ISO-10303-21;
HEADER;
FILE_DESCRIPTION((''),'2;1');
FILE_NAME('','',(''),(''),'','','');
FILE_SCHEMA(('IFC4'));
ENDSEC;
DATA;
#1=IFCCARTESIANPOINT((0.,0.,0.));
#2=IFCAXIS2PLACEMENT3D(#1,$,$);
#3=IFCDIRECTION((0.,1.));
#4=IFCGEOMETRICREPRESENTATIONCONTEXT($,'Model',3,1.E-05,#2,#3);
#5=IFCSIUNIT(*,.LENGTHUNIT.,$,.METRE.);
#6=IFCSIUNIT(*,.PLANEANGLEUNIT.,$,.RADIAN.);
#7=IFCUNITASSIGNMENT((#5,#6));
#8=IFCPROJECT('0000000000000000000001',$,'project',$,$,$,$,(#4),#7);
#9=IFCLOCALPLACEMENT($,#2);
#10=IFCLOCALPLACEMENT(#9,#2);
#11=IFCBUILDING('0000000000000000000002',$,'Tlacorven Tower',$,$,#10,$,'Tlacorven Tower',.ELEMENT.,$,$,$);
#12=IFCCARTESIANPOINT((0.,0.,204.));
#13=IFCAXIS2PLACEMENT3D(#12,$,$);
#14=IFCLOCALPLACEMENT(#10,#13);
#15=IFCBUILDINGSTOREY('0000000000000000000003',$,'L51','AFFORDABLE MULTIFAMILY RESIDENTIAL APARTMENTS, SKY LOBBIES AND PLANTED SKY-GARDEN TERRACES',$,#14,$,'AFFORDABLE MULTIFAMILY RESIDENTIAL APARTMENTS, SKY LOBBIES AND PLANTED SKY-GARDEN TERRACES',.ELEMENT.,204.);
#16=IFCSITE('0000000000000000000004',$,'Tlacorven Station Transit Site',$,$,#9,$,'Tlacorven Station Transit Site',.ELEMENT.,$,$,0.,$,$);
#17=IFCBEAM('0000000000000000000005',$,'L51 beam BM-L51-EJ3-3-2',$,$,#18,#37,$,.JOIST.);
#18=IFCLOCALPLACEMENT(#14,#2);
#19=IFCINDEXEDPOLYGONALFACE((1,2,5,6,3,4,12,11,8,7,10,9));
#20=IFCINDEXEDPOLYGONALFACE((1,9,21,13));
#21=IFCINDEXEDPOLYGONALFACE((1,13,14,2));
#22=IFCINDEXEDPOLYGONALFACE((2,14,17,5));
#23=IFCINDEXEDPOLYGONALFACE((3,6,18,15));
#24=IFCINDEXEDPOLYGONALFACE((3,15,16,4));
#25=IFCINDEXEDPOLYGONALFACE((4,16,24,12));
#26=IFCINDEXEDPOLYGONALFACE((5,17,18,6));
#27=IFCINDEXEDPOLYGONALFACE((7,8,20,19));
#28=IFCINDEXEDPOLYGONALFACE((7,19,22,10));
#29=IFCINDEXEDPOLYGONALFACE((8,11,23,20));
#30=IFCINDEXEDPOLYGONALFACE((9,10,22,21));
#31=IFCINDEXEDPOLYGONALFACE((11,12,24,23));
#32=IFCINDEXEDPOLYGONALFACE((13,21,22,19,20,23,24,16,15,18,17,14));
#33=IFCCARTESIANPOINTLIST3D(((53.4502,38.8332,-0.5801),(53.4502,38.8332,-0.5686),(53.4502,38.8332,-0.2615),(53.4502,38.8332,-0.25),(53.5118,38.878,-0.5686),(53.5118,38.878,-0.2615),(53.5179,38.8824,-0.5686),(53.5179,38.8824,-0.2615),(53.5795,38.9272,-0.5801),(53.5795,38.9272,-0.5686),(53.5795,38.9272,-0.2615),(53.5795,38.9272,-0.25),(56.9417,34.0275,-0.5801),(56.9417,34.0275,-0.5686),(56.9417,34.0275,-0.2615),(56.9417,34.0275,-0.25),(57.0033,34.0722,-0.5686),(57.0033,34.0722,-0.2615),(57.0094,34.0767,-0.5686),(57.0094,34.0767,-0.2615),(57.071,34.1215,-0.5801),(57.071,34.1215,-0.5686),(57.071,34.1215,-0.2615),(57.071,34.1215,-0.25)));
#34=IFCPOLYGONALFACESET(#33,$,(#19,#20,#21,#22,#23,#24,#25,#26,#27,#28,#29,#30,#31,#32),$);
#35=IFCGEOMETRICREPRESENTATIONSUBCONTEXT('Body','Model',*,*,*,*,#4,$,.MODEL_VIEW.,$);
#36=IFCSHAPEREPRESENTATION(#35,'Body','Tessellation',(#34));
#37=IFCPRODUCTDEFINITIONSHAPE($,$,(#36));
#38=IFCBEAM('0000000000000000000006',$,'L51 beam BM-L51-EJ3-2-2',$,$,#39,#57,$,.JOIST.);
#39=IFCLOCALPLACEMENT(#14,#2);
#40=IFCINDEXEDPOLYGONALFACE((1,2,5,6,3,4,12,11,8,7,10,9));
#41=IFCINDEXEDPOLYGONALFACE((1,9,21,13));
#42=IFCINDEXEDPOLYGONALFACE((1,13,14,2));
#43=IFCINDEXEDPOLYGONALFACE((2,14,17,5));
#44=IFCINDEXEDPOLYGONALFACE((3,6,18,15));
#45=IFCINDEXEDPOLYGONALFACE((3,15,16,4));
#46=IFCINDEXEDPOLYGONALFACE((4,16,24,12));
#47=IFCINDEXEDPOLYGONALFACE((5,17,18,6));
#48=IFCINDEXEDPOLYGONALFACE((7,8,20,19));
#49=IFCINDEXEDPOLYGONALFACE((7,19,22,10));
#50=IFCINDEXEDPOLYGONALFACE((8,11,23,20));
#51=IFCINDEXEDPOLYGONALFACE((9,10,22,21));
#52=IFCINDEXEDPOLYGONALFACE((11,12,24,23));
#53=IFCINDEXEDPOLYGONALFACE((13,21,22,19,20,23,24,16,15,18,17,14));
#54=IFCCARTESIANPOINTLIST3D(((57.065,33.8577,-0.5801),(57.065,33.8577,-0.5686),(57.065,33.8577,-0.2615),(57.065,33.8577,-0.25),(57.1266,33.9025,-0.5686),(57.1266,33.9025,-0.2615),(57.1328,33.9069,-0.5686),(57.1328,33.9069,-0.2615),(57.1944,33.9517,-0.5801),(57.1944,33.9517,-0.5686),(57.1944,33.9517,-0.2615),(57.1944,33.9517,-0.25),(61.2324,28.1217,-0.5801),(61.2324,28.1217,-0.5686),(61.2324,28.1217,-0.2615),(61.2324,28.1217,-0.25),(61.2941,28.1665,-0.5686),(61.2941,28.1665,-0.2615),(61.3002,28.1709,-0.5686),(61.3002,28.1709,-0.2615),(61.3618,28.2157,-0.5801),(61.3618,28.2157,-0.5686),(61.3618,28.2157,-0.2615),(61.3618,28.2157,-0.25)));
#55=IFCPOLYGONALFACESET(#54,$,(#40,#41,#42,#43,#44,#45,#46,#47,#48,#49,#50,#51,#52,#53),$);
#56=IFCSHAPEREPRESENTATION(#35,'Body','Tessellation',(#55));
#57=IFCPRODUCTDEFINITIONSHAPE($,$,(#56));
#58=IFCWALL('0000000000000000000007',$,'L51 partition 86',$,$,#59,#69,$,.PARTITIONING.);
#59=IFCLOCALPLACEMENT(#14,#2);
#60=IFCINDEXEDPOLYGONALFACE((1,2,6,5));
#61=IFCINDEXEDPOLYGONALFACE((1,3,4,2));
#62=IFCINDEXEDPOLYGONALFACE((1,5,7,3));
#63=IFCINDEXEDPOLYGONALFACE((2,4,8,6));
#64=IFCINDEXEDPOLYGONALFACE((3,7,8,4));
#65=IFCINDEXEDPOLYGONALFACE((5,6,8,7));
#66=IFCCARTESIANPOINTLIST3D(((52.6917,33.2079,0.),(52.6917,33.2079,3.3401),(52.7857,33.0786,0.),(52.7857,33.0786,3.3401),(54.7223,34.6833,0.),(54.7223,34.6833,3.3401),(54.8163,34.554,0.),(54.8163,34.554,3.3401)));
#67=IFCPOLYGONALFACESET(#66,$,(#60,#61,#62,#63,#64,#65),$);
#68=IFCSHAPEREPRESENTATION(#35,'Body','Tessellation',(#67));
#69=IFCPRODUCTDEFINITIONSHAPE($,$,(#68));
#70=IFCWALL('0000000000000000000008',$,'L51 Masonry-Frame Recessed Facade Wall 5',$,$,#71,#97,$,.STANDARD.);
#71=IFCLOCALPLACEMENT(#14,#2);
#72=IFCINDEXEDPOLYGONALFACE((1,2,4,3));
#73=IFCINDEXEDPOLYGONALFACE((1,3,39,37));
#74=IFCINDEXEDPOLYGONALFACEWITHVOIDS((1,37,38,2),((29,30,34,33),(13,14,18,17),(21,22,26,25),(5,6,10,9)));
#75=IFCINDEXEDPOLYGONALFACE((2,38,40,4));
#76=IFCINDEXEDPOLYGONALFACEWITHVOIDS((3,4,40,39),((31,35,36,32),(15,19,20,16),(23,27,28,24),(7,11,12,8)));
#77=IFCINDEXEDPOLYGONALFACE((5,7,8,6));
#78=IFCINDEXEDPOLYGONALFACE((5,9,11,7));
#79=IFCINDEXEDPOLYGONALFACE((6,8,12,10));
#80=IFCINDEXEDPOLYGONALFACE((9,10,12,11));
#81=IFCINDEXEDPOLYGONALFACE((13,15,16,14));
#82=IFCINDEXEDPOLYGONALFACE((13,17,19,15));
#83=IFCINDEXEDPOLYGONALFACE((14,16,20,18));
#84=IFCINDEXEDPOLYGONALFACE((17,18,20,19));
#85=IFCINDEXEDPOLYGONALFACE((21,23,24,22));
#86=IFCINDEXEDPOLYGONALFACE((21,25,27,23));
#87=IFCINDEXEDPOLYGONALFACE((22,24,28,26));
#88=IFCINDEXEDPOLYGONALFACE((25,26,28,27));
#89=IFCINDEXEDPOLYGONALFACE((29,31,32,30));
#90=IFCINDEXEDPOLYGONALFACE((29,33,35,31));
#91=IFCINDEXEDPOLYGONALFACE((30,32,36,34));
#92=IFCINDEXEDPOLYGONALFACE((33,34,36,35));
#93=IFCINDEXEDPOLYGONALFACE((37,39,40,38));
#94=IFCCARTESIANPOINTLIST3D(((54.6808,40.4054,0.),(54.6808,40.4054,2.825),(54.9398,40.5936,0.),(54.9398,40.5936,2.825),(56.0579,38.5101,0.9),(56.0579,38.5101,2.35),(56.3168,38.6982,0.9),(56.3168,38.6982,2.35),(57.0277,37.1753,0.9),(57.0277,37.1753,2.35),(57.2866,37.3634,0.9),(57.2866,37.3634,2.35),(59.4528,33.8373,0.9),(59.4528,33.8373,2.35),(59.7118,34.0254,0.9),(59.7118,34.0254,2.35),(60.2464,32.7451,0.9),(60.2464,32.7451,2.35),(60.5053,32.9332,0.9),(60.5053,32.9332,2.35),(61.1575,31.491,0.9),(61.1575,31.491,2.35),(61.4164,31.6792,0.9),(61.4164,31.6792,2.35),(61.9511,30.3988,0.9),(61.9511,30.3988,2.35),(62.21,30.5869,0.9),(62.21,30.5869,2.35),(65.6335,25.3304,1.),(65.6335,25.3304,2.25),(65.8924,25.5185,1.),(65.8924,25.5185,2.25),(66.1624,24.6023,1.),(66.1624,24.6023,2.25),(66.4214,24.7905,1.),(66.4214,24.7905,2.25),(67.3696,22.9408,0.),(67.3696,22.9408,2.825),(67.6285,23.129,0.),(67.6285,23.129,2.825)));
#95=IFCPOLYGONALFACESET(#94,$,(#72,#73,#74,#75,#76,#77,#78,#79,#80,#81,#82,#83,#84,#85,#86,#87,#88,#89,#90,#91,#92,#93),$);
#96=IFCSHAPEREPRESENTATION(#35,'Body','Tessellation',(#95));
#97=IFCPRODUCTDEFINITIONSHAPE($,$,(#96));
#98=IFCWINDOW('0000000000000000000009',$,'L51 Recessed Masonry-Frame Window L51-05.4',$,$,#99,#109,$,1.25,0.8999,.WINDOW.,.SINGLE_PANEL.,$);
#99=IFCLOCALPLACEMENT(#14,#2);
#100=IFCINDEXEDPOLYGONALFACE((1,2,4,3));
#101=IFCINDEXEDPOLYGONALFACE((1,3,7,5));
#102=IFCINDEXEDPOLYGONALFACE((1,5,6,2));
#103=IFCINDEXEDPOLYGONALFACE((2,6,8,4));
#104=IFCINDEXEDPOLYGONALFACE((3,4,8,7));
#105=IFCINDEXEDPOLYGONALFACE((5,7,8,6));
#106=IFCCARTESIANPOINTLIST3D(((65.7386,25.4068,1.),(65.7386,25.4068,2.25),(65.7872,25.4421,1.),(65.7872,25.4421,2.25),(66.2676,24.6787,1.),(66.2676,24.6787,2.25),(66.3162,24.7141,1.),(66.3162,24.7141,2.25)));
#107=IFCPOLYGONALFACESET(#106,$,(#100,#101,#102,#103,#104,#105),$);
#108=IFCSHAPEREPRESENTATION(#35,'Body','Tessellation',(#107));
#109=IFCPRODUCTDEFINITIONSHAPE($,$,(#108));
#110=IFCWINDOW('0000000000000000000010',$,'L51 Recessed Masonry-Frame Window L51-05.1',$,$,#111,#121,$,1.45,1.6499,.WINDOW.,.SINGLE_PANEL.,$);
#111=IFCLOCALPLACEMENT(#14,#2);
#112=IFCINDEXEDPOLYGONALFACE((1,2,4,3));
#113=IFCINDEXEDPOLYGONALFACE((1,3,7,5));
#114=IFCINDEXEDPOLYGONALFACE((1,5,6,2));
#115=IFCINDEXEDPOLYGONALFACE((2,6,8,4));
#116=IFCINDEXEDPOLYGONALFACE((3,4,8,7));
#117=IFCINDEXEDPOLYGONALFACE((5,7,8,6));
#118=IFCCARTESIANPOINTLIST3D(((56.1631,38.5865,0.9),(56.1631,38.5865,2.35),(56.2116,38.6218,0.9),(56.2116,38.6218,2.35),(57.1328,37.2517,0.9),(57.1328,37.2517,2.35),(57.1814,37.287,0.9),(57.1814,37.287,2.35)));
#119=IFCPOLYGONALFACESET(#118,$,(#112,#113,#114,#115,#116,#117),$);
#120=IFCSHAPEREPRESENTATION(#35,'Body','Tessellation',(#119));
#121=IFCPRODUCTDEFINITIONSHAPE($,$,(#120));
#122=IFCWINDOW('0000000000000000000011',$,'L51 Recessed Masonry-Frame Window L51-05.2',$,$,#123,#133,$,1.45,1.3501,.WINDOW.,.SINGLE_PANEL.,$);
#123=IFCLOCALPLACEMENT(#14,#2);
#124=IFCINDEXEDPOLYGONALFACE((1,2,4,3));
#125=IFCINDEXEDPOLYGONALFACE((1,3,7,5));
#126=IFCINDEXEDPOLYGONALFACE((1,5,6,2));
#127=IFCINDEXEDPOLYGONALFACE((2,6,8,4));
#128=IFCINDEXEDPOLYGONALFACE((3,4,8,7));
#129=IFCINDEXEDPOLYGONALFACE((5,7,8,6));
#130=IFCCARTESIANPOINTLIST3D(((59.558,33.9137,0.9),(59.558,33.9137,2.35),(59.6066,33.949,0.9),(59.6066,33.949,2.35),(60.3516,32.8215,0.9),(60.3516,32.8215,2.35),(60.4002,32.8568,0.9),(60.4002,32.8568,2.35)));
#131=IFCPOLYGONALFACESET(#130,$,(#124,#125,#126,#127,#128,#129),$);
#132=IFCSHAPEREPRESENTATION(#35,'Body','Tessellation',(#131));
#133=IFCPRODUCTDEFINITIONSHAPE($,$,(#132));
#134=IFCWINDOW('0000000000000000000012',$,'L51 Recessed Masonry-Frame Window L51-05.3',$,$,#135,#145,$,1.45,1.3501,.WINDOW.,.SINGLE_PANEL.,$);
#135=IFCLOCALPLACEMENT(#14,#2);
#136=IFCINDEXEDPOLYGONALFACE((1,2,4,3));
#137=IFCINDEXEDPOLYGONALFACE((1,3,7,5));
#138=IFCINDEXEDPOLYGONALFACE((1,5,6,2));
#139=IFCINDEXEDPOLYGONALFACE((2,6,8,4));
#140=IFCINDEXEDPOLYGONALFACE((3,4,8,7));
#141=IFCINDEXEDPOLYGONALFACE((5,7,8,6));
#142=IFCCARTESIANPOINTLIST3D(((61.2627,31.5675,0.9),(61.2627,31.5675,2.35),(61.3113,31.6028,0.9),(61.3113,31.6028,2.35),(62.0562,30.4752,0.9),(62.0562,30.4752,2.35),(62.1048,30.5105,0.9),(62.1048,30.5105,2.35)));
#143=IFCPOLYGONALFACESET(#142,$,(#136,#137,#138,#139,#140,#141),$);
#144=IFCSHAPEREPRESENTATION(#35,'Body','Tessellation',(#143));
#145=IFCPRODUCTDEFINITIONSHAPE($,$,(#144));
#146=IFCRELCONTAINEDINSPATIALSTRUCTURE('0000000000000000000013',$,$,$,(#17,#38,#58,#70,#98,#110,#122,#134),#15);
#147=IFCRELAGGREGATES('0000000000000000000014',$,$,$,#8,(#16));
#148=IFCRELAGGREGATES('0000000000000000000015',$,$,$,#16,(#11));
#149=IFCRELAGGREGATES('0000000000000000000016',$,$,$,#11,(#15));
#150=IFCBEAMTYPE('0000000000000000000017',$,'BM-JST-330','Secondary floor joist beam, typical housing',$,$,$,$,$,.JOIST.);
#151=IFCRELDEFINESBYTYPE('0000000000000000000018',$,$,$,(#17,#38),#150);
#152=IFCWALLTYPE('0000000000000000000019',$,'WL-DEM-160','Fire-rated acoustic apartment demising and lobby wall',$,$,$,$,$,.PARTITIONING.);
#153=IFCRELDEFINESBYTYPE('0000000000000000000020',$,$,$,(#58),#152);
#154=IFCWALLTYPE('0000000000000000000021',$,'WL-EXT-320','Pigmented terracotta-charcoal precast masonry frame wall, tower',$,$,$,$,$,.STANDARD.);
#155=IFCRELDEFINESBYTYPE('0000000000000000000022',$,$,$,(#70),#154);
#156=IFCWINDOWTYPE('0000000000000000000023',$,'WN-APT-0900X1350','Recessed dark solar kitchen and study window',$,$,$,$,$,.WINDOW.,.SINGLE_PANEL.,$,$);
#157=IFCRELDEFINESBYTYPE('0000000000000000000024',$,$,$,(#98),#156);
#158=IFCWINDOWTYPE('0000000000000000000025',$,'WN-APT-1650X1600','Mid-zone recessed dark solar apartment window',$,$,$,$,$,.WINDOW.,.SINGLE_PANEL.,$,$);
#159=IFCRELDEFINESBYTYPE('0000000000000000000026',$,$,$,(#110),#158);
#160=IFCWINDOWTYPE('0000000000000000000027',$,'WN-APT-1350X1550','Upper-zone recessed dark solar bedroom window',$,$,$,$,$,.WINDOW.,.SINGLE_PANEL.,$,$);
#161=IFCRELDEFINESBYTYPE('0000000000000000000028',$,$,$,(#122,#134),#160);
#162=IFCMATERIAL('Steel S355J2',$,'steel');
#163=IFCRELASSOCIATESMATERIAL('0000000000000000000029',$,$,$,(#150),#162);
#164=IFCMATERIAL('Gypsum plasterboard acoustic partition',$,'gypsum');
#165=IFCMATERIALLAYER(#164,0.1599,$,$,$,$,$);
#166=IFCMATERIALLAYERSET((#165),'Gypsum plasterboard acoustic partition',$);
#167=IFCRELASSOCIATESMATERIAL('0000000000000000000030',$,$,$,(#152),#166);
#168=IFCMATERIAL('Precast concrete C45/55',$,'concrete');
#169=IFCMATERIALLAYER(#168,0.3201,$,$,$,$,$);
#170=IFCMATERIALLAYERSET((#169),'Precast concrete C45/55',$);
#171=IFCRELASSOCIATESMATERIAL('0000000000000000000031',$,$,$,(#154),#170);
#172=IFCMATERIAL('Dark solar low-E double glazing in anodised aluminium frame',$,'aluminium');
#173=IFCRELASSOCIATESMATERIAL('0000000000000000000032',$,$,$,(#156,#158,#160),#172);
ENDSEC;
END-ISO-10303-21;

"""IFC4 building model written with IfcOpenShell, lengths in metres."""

from ifc_helpers import new_model, si_unit, direction, frame, frame_2d, origin, origin_2d, place, context, subcontext, project, spatial, rectangle, i_section, extrude, source, transform, mapped, material, layer, layer_set, material_profile, profile_set, type_object, element, fill, save


model = new_model("IFC4")

# Units and contexts
model_context = context("Model", 3, precision=1e-05, world=origin(), true_north=direction((0.0, 1.0)))
body_context = subcontext(model_context, "Body", "Model", "MODEL_VIEW")
ifc_project = project(units=[si_unit("LENGTHUNIT", "METRE"), si_unit("PLANEANGLEUNIT", "RADIAN")], contexts=[model_context])

# Site, building, storey
site_placement = place(None, origin())
site = spatial("IfcSite", under=ifc_project, at=site_placement, Name="Tlacorven Station Transit Site", LongName="Tlacorven Station Transit Site", CompositionType="ELEMENT", RefElevation=0.0)
building_placement = place(site_placement, origin())
building = spatial("IfcBuilding", under=site, at=building_placement, Name="Tlacorven Tower", LongName="Tlacorven Tower", CompositionType="ELEMENT")
storey_placement = place(building_placement, frame((0.0, 0.0, 204.0)))
storey = spatial("IfcBuildingStorey", under=building, at=storey_placement, Name="L51", Description="AFFORDABLE MULTIFAMILY RESIDENTIAL APARTMENTS, SKY LOBBIES AND PLANTED SKY-GARDEN TERRACES", LongName="AFFORDABLE MULTIFAMILY RESIDENTIAL APARTMENTS, SKY LOBBIES AND PLANTED SKY-GARDEN TERRACES", CompositionType="ELEMENT", Elevation=204.0)

# Beams
ifc_material_1 = material(Name="Steel S355J2", Category="steel")
ifc_material_profile_1 = material_profile(ifc_material_1, i_section(OverallWidth=0.1599, OverallDepth=0.3301, WebThickness=0.0076, FlangeThickness=0.0115, at=origin_2d()), Name="IPE 330")
ifc_profile_set_1 = profile_set([ifc_material_profile_1], Name="Steel S355J2")
beam_type_1 = type_object("IfcBeamType", Name="BM-JST-330", Description="Secondary floor joist beam, typical housing", PredefinedType="JOIST", material=ifc_profile_set_1)
shared_shape_1 = source(origin(), body_context, "Body", "SweptSolid", [
    extrude(i_section(OverallWidth=0.1599, OverallDepth=0.3301, WebThickness=0.0076, FlangeThickness=0.0115, at=origin_2d()), origin(), (0.0, 0.0, 1.0), 5.9402),
])
for number, where, z_axis, x_axis, name in (
    (1, (57.0063, 34.0745, -0.415), (-0.587778, 0.809022, 0.0), (-0.809022, -0.587778, 0.0), "L51 beam BM-L51-EJ3-3-2"),
):
    element("IfcBeam", number, at=place(storey_placement, frame(where, z_axis=z_axis, x_axis=x_axis)), inside=storey, type_object=beam_type_1, Name=name, PredefinedType="JOIST", context=body_context, shape_type="MappedRepresentation", body=[
        mapped(shared_shape_1, transform((0.0, 0.0, 0.0), scale=1.0)),
    ])
shared_shape_2 = source(origin(), body_context, "Body", "SweptSolid", [
    extrude(i_section(OverallWidth=0.1599, OverallDepth=0.3301, WebThickness=0.0076, FlangeThickness=0.0115, at=origin_2d()), origin(), (0.0, 0.0, 1.0), 7.0901),
])
beam_1_placement = place(storey_placement, frame((61.2971, 28.1687, -0.415), z_axis=(-0.587783, 0.809019, 0.0), x_axis=(-0.809019, -0.587783, 0.0)))
element("IfcBeam", 2, at=beam_1_placement, inside=storey, type_object=beam_type_1, Name="L51 beam BM-L51-EJ3-2-2", PredefinedType="JOIST", context=body_context, shape_type="MappedRepresentation", body=[
    mapped(shared_shape_2, transform((0.0, 0.0, 0.0), scale=1.0)),
])

# Wall
ifc_material_2 = material(Name="Gypsum plasterboard acoustic partition", Category="gypsum")
ifc_layer_1 = layer(ifc_material_2, 0.1599)
ifc_layer_set_1 = layer_set([ifc_layer_1], Name="Gypsum plasterboard acoustic partition")
wall_type_1 = type_object("IfcWallType", Name="WL-DEM-160", Description="Fire-rated acoustic apartment demising and lobby wall", PredefinedType="PARTITIONING", material=ifc_layer_set_1)
wall_1_placement = place(storey_placement, frame((52.7388, 33.1433, 0.0), z_axis=(0.0, 0.0, 1.0), x_axis=(0.809001, 0.587807, 0.0)))
element("IfcWall", 3, at=wall_1_placement, inside=storey, type_object=wall_type_1, Name="L51 partition 86", PredefinedType="PARTITIONING", context=body_context, shape_type="SweptSolid", body=[
    extrude(rectangle(XDim=2.51, YDim=0.1599, at=frame_2d((1.2549, 0.0))), origin(), (0.0, 0.0, 1.0), 3.3401),
])

# Wall, openings, windows
ifc_material_3 = material(Name="Precast concrete C45/55", Category="concrete")
ifc_layer_2 = layer(ifc_material_3, 0.3201)
ifc_layer_set_2 = layer_set([ifc_layer_2], Name="Precast concrete C45/55")
wall_type_2 = type_object("IfcWallType", Name="WL-EXT-320", Description="Pigmented terracotta-charcoal precast masonry frame wall, tower", PredefinedType="STANDARD", material=ifc_layer_set_2)
wall_2_placement = place(storey_placement, frame((54.8103, 40.4995, 0.0), z_axis=(0.0, 0.0, 1.0), x_axis=(0.587784, -0.809018, 0.0)))
wall_2 = element("IfcWall", 4, at=wall_2_placement, inside=storey, type_object=wall_type_2, Name="L51 Masonry-Frame Recessed Facade Wall 5", PredefinedType="STANDARD", context=body_context, shape_type="SweptSolid", body=[
    extrude(rectangle(XDim=21.5874, YDim=0.3201, at=frame_2d((10.7937, 0.0))), origin(), (0.0, 0.0, 1.0), 2.825),
])
opening_1_placement = place(wall_2_placement, frame((2.3428, 0.0, 0.8999)))
opening_1 = element("IfcOpeningElement", 5, at=opening_1_placement, cuts=wall_2, PredefinedType="OPENING", context=body_context, shape_type="SweptSolid", body=[
    extrude(rectangle(XDim=1.6499, YDim=1.45, at=frame_2d((0.825, 0.7251))), frame((0.0, 0.1699, 0.0), z_axis=(0.0, -1.0, 0.0), x_axis=(1.0, 0.0, 0.0)), (0.0, 0.0, 1.0), 0.3401),
])
opening_2_placement = place(wall_2_placement, frame((8.1187, 0.0, 0.8999)))
opening_2 = element("IfcOpeningElement", 6, at=opening_2_placement, cuts=wall_2, PredefinedType="OPENING", context=body_context, shape_type="SweptSolid", body=[
    extrude(rectangle(XDim=1.3501, YDim=1.45, at=frame_2d((0.675, 0.7251))), frame((0.0, 0.1699, 0.0), z_axis=(0.0, -1.0, 0.0), x_axis=(1.0, 0.0, 0.0)), (0.0, 0.0, 1.0), 0.3401),
])
opening_3_placement = place(wall_2_placement, frame((11.0188, 0.0, 0.8999)))
opening_3 = element("IfcOpeningElement", 7, at=opening_3_placement, cuts=wall_2, PredefinedType="OPENING", context=body_context, shape_type="SweptSolid", body=[
    extrude(rectangle(XDim=1.3501, YDim=1.45, at=frame_2d((0.675, 0.7251))), frame((0.0, 0.1699, 0.0), z_axis=(0.0, -1.0, 0.0), x_axis=(1.0, 0.0, 0.0)), (0.0, 0.0, 1.0), 0.3401),
])
opening_4_placement = place(wall_2_placement, frame((18.6338, 0.0, 1.0)))
opening_4 = element("IfcOpeningElement", 8, at=opening_4_placement, cuts=wall_2, PredefinedType="OPENING", context=body_context, shape_type="SweptSolid", body=[
    extrude(rectangle(XDim=0.8999, YDim=1.25, at=frame_2d((0.45, 0.625))), frame((0.0, 0.1699, 0.0), z_axis=(0.0, -1.0, 0.0), x_axis=(1.0, 0.0, 0.0)), (0.0, 0.0, 1.0), 0.3401),
])
ifc_material_4 = material(Name="Dark solar low-E double glazing in anodised aluminium frame", Category="aluminium")
window_type_1 = type_object("IfcWindowType", Name="WN-APT-0900X1350", Description="Recessed dark solar kitchen and study window", PartitioningType="SINGLE_PANEL", PredefinedType="WINDOW", material=ifc_material_4)
shared_shape_3 = source(origin(), body_context, "Body", "SweptSolid", [
    extrude(rectangle(XDim=0.8999, YDim=1.25, at=frame_2d((0.45, 0.625))), frame((0.0, 0.03, 0.0), z_axis=(0.0, -1.0, 0.0), x_axis=(1.0, 0.0, 0.0)), (0.0, 0.0, 1.0), 0.0601),
])
window_1_placement = place(opening_4_placement, origin())
window_1 = element("IfcWindow", 9, at=window_1_placement, inside=storey, type_object=window_type_1, Name="L51 Recessed Masonry-Frame Window L51-05.4", OverallHeight=1.25, OverallWidth=0.8999, PartitioningType="SINGLE_PANEL", PredefinedType="WINDOW", context=body_context, shape_type="MappedRepresentation", body=[
    mapped(shared_shape_3, transform((0.0, 0.0, 0.0), scale=1.0)),
])
fill(opening_4, window_1)
window_type_2 = type_object("IfcWindowType", Name="WN-APT-1650X1600", Description="Mid-zone recessed dark solar apartment window", PartitioningType="SINGLE_PANEL", PredefinedType="WINDOW", material=ifc_material_4)
shared_shape_4 = source(origin(), body_context, "Body", "SweptSolid", [
    extrude(rectangle(XDim=1.6499, YDim=1.45, at=frame_2d((0.825, 0.7251))), frame((0.0, 0.03, 0.0), z_axis=(0.0, -1.0, 0.0), x_axis=(1.0, 0.0, 0.0)), (0.0, 0.0, 1.0), 0.0601),
])
window_2_placement = place(opening_1_placement, origin())
window_2 = element("IfcWindow", 10, at=window_2_placement, inside=storey, type_object=window_type_2, Name="L51 Recessed Masonry-Frame Window L51-05.1", OverallHeight=1.45, OverallWidth=1.6499, PartitioningType="SINGLE_PANEL", PredefinedType="WINDOW", context=body_context, shape_type="MappedRepresentation", body=[
    mapped(shared_shape_4, transform((0.0, 0.0, 0.0), scale=1.0)),
])
fill(opening_1, window_2)
window_type_3 = type_object("IfcWindowType", Name="WN-APT-1350X1550", Description="Upper-zone recessed dark solar bedroom window", PartitioningType="SINGLE_PANEL", PredefinedType="WINDOW", material=ifc_material_4)
shared_shape_5 = source(origin(), body_context, "Body", "SweptSolid", [
    extrude(rectangle(XDim=1.3501, YDim=1.45, at=frame_2d((0.675, 0.7251))), frame((0.0, 0.03, 0.0), z_axis=(0.0, -1.0, 0.0), x_axis=(1.0, 0.0, 0.0)), (0.0, 0.0, 1.0), 0.0601),
])
window_3_placement = place(opening_2_placement, origin())
window_3 = element("IfcWindow", 11, at=window_3_placement, inside=storey, type_object=window_type_3, Name="L51 Recessed Masonry-Frame Window L51-05.2", OverallHeight=1.45, OverallWidth=1.3501, PartitioningType="SINGLE_PANEL", PredefinedType="WINDOW", context=body_context, shape_type="MappedRepresentation", body=[
    mapped(shared_shape_5, transform((0.0, 0.0, 0.0), scale=1.0)),
])
fill(opening_2, window_3)
window_4_placement = place(opening_3_placement, origin())
window_4 = element("IfcWindow", 12, at=window_4_placement, inside=storey, type_object=window_type_3, Name="L51 Recessed Masonry-Frame Window L51-05.3", OverallHeight=1.45, OverallWidth=1.3501, PartitioningType="SINGLE_PANEL", PredefinedType="WINDOW", context=body_context, shape_type="MappedRepresentation", body=[
    mapped(shared_shape_5, transform((0.0, 0.0, 0.0), scale=1.0)),
])
fill(opening_3, window_4)

save(model, "model.ifc")
